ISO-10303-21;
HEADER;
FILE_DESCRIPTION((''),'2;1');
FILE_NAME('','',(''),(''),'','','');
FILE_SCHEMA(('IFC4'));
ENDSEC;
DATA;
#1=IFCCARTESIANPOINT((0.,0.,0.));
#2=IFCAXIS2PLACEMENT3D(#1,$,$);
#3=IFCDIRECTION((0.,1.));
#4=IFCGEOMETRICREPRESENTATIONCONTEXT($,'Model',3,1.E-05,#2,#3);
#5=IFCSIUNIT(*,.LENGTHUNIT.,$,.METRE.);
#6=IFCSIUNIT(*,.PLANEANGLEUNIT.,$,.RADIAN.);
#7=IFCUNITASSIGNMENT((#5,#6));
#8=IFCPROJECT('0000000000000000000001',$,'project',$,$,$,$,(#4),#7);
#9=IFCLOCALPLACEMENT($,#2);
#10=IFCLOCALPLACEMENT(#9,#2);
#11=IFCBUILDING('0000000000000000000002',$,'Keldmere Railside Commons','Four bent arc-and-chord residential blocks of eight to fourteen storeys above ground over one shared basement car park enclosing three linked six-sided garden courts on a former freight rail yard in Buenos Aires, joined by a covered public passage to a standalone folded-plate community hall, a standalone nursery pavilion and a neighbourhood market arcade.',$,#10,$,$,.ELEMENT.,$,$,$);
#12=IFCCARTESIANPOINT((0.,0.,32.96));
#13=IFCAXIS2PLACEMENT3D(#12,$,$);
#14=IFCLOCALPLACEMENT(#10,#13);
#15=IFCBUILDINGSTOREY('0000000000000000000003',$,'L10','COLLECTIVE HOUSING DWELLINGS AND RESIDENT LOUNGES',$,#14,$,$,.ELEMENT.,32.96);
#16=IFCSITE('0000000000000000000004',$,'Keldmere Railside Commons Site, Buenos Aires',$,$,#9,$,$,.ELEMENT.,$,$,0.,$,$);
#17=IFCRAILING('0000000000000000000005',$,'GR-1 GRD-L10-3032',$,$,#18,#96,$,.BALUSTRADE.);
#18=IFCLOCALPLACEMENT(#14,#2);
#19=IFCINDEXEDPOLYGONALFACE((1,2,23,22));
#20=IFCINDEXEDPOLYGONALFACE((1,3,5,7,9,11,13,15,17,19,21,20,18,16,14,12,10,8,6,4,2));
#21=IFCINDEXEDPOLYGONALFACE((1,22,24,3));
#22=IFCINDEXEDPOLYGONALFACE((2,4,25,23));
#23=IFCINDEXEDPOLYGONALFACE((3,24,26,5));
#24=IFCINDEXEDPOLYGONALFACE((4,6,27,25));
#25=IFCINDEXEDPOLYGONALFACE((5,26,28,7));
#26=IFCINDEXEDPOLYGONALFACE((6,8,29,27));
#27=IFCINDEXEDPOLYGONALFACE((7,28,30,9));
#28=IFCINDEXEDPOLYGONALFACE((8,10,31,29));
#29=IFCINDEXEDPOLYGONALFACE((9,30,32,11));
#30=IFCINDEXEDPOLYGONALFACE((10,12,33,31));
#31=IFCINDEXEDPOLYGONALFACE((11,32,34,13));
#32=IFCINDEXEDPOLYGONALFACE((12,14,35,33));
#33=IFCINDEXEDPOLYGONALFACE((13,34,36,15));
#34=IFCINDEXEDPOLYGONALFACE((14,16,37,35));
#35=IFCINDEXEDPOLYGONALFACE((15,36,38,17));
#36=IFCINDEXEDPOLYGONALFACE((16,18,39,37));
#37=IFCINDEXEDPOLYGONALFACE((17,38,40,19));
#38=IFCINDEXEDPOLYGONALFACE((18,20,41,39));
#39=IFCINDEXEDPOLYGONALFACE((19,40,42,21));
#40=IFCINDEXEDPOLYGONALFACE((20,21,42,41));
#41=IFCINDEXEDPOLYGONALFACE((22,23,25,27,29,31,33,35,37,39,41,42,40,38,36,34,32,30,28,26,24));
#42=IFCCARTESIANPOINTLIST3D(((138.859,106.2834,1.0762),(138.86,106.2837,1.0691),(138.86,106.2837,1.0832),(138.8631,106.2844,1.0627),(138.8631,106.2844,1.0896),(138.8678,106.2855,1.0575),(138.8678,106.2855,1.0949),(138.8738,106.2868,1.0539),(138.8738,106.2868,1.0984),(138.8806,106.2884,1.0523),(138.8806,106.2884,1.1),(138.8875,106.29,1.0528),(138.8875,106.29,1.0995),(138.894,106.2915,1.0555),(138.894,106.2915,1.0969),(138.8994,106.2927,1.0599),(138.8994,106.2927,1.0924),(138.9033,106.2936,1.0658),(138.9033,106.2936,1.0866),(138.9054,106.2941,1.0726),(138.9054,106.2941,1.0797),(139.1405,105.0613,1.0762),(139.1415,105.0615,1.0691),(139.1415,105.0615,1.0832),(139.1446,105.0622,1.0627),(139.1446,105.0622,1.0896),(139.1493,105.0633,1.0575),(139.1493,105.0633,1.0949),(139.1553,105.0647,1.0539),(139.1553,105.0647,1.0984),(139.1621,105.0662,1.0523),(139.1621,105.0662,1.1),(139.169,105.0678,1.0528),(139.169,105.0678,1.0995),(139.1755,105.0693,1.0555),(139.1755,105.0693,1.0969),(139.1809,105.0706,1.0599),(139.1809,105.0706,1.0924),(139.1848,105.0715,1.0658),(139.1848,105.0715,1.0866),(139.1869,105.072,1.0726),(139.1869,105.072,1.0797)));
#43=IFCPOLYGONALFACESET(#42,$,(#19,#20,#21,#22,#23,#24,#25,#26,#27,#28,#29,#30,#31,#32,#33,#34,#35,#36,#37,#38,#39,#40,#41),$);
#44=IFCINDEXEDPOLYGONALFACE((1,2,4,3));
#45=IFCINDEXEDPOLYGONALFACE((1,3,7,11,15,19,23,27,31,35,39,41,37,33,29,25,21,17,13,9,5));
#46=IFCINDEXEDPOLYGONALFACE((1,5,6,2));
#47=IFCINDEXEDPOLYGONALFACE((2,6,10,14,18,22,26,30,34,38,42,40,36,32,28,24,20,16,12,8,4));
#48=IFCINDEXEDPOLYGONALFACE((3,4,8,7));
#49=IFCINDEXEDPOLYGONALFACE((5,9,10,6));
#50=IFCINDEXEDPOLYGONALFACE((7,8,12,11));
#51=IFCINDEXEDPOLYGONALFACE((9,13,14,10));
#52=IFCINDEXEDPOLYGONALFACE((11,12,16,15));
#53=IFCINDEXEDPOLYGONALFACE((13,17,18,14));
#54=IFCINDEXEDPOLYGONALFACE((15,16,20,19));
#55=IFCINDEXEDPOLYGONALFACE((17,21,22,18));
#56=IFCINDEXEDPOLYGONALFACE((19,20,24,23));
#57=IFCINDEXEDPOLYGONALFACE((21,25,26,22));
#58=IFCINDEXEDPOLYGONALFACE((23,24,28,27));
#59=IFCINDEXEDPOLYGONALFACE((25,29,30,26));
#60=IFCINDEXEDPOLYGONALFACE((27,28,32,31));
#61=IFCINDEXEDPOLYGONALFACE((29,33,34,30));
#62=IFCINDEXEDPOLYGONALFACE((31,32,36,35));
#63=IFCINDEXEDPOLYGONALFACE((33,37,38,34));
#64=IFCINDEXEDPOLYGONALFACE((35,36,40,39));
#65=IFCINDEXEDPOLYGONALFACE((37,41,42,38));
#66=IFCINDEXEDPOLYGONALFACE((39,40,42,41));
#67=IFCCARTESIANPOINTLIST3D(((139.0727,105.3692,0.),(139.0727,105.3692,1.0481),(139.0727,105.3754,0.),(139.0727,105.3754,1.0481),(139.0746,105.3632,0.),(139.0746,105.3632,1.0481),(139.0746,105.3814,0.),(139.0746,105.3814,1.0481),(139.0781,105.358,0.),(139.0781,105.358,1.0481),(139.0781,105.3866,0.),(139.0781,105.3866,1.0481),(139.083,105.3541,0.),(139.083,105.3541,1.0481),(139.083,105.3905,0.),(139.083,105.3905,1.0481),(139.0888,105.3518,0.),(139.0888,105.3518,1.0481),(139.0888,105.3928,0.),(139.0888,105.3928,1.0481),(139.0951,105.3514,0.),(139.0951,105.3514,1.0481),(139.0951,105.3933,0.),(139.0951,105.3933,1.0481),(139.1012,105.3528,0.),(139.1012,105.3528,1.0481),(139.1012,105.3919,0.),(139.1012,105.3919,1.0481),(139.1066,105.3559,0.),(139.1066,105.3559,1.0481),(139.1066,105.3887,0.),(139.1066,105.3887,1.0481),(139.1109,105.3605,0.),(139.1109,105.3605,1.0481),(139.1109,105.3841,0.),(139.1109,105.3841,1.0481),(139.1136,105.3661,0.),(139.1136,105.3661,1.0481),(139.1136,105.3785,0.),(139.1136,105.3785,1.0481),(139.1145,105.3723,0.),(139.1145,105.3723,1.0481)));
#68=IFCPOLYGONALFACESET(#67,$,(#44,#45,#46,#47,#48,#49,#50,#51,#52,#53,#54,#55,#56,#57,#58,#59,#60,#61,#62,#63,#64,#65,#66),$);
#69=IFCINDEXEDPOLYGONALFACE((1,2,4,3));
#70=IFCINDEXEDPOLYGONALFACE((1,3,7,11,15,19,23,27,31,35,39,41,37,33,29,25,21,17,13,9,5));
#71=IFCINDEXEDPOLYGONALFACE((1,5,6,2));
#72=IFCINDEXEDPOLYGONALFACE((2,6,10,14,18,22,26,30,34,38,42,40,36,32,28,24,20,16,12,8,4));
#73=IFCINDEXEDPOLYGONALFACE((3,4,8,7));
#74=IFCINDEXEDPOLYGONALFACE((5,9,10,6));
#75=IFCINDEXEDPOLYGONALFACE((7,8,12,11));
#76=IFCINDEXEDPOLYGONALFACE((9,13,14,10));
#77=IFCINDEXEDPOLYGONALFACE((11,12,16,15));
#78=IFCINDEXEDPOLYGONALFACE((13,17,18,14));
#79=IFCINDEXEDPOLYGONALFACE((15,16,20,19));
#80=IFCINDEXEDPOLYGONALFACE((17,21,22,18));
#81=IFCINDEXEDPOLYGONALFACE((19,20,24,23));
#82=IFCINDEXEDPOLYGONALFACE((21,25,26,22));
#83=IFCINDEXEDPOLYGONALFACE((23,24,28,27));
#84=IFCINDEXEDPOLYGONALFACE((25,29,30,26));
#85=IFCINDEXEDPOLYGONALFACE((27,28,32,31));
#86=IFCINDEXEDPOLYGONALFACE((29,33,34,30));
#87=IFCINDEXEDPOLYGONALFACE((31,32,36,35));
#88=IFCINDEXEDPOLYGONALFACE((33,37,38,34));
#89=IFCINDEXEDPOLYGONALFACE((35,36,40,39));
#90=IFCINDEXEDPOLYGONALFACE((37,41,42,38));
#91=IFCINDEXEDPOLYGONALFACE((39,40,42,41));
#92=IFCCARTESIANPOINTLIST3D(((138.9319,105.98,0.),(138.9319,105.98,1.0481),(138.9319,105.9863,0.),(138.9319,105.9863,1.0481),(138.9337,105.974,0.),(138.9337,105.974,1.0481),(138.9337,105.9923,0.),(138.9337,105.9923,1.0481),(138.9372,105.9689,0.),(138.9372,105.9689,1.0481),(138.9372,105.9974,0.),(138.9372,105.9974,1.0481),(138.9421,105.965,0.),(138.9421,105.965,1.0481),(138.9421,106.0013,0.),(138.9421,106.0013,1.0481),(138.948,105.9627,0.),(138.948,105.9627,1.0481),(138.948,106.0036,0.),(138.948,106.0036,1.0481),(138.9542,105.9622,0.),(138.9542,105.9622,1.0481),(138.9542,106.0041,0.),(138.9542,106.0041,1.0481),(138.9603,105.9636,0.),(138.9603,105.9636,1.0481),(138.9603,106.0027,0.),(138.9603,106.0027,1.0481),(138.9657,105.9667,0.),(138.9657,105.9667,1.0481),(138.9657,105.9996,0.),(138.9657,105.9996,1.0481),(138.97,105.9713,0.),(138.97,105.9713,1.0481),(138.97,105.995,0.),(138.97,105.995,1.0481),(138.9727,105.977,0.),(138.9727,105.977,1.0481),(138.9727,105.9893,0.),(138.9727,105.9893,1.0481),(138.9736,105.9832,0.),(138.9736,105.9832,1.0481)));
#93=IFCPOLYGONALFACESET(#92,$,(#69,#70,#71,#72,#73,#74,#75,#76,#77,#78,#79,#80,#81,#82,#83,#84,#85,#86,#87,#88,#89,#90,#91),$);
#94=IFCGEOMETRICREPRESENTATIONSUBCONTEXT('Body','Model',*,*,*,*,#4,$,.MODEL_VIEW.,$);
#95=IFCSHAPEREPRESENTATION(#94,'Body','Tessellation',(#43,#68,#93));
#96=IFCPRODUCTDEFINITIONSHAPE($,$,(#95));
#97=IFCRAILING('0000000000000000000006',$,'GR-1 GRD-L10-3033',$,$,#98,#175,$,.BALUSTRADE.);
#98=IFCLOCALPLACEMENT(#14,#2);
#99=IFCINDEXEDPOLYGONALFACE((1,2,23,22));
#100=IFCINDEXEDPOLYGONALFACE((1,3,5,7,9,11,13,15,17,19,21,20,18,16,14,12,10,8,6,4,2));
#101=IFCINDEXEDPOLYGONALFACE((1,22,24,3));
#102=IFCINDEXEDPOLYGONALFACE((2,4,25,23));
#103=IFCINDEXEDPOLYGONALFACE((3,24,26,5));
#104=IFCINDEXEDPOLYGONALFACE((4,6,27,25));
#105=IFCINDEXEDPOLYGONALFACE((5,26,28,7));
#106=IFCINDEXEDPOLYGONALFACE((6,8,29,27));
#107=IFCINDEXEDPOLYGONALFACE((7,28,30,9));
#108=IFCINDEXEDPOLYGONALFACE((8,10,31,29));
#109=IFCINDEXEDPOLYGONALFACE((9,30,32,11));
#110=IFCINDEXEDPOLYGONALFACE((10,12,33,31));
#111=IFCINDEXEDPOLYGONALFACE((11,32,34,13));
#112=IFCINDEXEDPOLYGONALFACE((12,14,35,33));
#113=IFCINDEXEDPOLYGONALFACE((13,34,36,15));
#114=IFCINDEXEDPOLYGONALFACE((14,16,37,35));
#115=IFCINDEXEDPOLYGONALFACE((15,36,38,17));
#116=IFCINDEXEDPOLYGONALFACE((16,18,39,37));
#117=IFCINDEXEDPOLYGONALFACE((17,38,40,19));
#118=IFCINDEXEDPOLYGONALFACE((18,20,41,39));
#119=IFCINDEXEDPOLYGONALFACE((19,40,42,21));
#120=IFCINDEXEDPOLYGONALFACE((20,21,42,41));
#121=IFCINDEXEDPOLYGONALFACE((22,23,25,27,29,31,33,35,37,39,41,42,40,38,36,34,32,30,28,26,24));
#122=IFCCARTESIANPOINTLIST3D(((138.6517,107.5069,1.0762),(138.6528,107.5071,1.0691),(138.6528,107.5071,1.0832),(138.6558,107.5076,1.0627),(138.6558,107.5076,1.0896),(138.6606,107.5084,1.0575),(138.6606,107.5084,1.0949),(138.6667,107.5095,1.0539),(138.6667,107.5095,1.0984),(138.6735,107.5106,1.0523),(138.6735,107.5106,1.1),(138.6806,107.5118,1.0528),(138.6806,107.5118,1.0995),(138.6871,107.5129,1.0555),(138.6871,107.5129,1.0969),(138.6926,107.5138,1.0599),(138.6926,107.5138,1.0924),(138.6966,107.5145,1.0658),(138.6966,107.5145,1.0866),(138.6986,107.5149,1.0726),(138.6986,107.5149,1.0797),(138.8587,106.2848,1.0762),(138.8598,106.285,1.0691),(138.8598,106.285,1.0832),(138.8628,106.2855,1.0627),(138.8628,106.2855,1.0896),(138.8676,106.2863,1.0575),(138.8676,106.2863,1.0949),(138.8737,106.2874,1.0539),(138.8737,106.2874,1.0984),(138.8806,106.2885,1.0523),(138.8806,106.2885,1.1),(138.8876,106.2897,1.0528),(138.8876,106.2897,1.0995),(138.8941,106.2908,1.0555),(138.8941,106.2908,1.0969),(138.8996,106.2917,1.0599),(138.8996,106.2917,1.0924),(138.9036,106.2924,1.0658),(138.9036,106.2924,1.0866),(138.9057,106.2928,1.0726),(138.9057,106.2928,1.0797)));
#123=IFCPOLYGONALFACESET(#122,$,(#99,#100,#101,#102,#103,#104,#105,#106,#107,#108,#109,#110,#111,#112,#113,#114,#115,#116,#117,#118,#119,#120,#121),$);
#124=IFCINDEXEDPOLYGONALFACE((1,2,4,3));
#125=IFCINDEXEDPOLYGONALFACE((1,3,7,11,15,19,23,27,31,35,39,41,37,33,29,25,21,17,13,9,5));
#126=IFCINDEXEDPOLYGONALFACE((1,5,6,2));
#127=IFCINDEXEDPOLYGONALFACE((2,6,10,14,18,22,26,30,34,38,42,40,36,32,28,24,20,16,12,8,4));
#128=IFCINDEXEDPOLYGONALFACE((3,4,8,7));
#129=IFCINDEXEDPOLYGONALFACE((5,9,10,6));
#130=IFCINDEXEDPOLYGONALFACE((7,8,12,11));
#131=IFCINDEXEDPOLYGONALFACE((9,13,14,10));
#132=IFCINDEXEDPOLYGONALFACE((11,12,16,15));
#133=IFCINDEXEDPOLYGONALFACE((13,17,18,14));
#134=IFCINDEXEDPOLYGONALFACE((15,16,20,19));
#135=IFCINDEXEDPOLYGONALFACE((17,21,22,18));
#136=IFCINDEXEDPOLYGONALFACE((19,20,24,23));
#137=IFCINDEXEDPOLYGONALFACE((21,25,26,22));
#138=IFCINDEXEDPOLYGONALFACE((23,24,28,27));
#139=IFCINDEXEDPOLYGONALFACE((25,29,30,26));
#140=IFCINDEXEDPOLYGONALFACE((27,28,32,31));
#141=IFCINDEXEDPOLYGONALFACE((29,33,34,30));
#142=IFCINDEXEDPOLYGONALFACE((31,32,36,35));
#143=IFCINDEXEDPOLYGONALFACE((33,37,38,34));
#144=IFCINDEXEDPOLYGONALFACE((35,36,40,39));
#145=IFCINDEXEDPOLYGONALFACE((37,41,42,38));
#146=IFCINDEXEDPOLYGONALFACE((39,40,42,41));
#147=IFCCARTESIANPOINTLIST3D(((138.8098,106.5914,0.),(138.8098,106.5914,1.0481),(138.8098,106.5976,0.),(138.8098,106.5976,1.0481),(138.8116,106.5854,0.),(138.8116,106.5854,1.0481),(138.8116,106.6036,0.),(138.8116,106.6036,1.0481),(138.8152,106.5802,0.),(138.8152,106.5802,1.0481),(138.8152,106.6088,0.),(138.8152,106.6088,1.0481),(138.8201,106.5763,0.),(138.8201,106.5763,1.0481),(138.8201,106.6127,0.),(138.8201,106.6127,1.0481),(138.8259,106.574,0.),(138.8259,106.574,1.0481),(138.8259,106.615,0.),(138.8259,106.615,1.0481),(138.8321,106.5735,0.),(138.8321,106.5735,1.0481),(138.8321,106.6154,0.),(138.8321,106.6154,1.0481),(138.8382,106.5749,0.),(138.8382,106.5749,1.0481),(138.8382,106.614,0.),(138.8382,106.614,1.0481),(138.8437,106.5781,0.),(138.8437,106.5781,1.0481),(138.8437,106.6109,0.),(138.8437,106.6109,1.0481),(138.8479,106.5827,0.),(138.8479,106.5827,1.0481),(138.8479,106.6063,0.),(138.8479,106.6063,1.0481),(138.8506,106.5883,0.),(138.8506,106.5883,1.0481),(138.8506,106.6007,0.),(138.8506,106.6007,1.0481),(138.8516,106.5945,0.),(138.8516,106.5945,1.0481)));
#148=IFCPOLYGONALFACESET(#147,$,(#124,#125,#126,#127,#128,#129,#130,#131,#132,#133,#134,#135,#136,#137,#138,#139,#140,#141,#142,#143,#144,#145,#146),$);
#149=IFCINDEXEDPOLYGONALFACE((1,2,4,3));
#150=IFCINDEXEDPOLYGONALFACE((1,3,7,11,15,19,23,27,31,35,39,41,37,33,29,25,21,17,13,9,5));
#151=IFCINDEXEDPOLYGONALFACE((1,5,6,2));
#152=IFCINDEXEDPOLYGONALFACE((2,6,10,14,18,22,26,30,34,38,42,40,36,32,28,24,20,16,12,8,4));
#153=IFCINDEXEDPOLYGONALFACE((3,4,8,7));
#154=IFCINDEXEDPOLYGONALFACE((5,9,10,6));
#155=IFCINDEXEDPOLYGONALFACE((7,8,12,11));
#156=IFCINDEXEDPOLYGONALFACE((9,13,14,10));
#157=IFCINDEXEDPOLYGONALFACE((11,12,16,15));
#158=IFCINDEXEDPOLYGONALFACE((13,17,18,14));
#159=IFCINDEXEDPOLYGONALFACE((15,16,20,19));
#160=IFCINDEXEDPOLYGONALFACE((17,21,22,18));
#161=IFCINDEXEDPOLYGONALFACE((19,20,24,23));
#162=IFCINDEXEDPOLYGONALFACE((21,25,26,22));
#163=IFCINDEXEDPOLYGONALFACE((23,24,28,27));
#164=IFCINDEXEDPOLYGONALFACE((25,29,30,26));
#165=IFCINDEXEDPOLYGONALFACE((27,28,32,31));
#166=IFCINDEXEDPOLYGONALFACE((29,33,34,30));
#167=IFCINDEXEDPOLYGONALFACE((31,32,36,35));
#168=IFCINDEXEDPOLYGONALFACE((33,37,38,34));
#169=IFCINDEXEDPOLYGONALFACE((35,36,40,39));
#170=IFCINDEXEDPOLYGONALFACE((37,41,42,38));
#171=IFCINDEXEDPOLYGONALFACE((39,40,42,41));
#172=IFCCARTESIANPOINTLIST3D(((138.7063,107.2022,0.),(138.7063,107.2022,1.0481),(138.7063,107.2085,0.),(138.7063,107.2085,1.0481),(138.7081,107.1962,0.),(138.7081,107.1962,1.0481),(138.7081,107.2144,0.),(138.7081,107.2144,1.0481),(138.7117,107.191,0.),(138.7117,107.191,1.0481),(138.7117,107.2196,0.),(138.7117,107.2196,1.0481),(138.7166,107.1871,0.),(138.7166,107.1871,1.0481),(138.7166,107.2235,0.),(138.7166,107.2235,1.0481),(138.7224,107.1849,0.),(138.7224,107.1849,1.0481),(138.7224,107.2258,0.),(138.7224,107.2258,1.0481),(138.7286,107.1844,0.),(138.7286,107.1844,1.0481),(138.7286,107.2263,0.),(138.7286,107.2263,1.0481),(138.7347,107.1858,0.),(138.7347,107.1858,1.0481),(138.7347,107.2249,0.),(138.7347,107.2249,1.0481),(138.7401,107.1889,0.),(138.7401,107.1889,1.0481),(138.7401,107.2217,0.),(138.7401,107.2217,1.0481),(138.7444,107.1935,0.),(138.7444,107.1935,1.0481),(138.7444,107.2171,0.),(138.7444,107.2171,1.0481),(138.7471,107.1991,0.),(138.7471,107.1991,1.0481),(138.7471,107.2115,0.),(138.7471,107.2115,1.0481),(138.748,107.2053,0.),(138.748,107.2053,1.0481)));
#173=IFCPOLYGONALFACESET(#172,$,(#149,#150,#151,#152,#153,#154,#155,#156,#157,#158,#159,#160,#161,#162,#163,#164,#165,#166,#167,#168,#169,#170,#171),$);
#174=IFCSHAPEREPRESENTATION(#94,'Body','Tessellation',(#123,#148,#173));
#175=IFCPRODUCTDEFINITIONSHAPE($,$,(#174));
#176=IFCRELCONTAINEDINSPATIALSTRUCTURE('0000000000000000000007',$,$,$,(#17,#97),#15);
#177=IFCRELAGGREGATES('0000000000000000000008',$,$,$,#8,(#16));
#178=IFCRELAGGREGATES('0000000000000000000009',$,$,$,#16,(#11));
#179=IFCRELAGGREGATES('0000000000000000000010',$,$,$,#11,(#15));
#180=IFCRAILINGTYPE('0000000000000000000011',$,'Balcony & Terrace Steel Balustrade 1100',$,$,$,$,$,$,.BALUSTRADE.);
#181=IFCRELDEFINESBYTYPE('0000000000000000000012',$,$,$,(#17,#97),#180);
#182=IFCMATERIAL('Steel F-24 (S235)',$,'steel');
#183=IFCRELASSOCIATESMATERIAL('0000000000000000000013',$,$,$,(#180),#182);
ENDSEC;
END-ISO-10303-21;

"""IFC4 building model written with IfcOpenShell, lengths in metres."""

from ifc_helpers import new_model, si_unit, direction, frame, origin, origin_2d, place, context, subcontext, project, spatial, circle, extrude, material, type_object, element, save


model = new_model("IFC4")

# Units and contexts
model_context = context("Model", 3, precision=1e-05, world=origin(), true_north=direction((0.0, 1.0)))
body_context = subcontext(model_context, "Body", "Model", "MODEL_VIEW")
ifc_project = project(units=[si_unit("LENGTHUNIT", "METRE"), si_unit("PLANEANGLEUNIT", "RADIAN")], contexts=[model_context])

# Site, building, storey
site_placement = place(None, origin())
site = spatial("IfcSite", under=ifc_project, at=site_placement, Name="Keldmere Railside Commons Site, Buenos Aires", CompositionType="ELEMENT", RefElevation=0.0)
building_placement = place(site_placement, origin())
building = spatial("IfcBuilding", under=site, at=building_placement, Name="Keldmere Railside Commons", Description="Four bent arc-and-chord residential blocks of eight to fourteen storeys above ground over one shared basement car park enclosing three linked six-sided garden courts on a former freight rail yard in Buenos Aires, joined by a covered public passage to a standalone folded-plate community hall, a standalone nursery pavilion and a neighbourhood market arcade.", CompositionType="ELEMENT")
storey_placement = place(building_placement, frame((0.0, 0.0, 32.96)))
storey = spatial("IfcBuildingStorey", under=building, at=storey_placement, Name="L10", Description="COLLECTIVE HOUSING DWELLINGS AND RESIDENT LOUNGES", CompositionType="ELEMENT", Elevation=32.96)

# Shared definitions
ifc_material_1 = material(Name="Steel F-24 (S235)", Category="steel")

# Railings
railing_type = type_object("IfcRailingType", Name="Balcony & Terrace Steel Balustrade 1100", PredefinedType="BALUSTRADE", material=ifc_material_1)
railing_1_placement = place(storey_placement, frame((139.1638, 105.0667, 0.0)))
element("IfcRailing", 1, at=railing_1_placement, inside=storey, type_object=railing_type, Name="GR-1 GRD-L10-3032", PredefinedType="BALUSTRADE", context=body_context, shape_type="SweptSolid", body=[
    extrude(circle(Radius=0.0239, at=origin_2d()), frame((0.0, 0.0, 1.0762), z_axis=(-0.224447, 0.974486, 0.0), x_axis=(-0.974486, -0.224447, 0.0)), (0.0, 0.0, 1.0), 1.2542),
    extrude(circle(Radius=0.021, at=origin_2d()), frame((-0.0703, 0.3057, 0.0)), (0.0, 0.0, 1.0), 1.0481),
    extrude(circle(Radius=0.021, at=origin_2d()), frame((-0.2112, 0.9165, 0.0)), (0.0, 0.0, 1.0), 1.0481),
])
railing_2_placement = place(storey_placement, frame((138.8823, 106.2888, 0.0)))
element("IfcRailing", 2, at=railing_2_placement, inside=storey, type_object=railing_type, Name="GR-1 GRD-L10-3033", PredefinedType="BALUSTRADE", context=body_context, shape_type="SweptSolid", body=[
    extrude(circle(Radius=0.0239, at=origin_2d()), frame((0.0, 0.0, 1.0762), z_axis=(-0.167017, 0.985954, 0.0), x_axis=(-0.985954, -0.167017, 0.0)), (0.0, 0.0, 1.0), 1.2395),
    extrude(circle(Radius=0.021, at=origin_2d()), frame((-0.0518, 0.3057, 0.0)), (0.0, 0.0, 1.0), 1.0481),
    extrude(circle(Radius=0.021, at=origin_2d()), frame((-0.1553, 0.9165, 0.0)), (0.0, 0.0, 1.0), 1.0481),
])

save(model, "model.ifc")
